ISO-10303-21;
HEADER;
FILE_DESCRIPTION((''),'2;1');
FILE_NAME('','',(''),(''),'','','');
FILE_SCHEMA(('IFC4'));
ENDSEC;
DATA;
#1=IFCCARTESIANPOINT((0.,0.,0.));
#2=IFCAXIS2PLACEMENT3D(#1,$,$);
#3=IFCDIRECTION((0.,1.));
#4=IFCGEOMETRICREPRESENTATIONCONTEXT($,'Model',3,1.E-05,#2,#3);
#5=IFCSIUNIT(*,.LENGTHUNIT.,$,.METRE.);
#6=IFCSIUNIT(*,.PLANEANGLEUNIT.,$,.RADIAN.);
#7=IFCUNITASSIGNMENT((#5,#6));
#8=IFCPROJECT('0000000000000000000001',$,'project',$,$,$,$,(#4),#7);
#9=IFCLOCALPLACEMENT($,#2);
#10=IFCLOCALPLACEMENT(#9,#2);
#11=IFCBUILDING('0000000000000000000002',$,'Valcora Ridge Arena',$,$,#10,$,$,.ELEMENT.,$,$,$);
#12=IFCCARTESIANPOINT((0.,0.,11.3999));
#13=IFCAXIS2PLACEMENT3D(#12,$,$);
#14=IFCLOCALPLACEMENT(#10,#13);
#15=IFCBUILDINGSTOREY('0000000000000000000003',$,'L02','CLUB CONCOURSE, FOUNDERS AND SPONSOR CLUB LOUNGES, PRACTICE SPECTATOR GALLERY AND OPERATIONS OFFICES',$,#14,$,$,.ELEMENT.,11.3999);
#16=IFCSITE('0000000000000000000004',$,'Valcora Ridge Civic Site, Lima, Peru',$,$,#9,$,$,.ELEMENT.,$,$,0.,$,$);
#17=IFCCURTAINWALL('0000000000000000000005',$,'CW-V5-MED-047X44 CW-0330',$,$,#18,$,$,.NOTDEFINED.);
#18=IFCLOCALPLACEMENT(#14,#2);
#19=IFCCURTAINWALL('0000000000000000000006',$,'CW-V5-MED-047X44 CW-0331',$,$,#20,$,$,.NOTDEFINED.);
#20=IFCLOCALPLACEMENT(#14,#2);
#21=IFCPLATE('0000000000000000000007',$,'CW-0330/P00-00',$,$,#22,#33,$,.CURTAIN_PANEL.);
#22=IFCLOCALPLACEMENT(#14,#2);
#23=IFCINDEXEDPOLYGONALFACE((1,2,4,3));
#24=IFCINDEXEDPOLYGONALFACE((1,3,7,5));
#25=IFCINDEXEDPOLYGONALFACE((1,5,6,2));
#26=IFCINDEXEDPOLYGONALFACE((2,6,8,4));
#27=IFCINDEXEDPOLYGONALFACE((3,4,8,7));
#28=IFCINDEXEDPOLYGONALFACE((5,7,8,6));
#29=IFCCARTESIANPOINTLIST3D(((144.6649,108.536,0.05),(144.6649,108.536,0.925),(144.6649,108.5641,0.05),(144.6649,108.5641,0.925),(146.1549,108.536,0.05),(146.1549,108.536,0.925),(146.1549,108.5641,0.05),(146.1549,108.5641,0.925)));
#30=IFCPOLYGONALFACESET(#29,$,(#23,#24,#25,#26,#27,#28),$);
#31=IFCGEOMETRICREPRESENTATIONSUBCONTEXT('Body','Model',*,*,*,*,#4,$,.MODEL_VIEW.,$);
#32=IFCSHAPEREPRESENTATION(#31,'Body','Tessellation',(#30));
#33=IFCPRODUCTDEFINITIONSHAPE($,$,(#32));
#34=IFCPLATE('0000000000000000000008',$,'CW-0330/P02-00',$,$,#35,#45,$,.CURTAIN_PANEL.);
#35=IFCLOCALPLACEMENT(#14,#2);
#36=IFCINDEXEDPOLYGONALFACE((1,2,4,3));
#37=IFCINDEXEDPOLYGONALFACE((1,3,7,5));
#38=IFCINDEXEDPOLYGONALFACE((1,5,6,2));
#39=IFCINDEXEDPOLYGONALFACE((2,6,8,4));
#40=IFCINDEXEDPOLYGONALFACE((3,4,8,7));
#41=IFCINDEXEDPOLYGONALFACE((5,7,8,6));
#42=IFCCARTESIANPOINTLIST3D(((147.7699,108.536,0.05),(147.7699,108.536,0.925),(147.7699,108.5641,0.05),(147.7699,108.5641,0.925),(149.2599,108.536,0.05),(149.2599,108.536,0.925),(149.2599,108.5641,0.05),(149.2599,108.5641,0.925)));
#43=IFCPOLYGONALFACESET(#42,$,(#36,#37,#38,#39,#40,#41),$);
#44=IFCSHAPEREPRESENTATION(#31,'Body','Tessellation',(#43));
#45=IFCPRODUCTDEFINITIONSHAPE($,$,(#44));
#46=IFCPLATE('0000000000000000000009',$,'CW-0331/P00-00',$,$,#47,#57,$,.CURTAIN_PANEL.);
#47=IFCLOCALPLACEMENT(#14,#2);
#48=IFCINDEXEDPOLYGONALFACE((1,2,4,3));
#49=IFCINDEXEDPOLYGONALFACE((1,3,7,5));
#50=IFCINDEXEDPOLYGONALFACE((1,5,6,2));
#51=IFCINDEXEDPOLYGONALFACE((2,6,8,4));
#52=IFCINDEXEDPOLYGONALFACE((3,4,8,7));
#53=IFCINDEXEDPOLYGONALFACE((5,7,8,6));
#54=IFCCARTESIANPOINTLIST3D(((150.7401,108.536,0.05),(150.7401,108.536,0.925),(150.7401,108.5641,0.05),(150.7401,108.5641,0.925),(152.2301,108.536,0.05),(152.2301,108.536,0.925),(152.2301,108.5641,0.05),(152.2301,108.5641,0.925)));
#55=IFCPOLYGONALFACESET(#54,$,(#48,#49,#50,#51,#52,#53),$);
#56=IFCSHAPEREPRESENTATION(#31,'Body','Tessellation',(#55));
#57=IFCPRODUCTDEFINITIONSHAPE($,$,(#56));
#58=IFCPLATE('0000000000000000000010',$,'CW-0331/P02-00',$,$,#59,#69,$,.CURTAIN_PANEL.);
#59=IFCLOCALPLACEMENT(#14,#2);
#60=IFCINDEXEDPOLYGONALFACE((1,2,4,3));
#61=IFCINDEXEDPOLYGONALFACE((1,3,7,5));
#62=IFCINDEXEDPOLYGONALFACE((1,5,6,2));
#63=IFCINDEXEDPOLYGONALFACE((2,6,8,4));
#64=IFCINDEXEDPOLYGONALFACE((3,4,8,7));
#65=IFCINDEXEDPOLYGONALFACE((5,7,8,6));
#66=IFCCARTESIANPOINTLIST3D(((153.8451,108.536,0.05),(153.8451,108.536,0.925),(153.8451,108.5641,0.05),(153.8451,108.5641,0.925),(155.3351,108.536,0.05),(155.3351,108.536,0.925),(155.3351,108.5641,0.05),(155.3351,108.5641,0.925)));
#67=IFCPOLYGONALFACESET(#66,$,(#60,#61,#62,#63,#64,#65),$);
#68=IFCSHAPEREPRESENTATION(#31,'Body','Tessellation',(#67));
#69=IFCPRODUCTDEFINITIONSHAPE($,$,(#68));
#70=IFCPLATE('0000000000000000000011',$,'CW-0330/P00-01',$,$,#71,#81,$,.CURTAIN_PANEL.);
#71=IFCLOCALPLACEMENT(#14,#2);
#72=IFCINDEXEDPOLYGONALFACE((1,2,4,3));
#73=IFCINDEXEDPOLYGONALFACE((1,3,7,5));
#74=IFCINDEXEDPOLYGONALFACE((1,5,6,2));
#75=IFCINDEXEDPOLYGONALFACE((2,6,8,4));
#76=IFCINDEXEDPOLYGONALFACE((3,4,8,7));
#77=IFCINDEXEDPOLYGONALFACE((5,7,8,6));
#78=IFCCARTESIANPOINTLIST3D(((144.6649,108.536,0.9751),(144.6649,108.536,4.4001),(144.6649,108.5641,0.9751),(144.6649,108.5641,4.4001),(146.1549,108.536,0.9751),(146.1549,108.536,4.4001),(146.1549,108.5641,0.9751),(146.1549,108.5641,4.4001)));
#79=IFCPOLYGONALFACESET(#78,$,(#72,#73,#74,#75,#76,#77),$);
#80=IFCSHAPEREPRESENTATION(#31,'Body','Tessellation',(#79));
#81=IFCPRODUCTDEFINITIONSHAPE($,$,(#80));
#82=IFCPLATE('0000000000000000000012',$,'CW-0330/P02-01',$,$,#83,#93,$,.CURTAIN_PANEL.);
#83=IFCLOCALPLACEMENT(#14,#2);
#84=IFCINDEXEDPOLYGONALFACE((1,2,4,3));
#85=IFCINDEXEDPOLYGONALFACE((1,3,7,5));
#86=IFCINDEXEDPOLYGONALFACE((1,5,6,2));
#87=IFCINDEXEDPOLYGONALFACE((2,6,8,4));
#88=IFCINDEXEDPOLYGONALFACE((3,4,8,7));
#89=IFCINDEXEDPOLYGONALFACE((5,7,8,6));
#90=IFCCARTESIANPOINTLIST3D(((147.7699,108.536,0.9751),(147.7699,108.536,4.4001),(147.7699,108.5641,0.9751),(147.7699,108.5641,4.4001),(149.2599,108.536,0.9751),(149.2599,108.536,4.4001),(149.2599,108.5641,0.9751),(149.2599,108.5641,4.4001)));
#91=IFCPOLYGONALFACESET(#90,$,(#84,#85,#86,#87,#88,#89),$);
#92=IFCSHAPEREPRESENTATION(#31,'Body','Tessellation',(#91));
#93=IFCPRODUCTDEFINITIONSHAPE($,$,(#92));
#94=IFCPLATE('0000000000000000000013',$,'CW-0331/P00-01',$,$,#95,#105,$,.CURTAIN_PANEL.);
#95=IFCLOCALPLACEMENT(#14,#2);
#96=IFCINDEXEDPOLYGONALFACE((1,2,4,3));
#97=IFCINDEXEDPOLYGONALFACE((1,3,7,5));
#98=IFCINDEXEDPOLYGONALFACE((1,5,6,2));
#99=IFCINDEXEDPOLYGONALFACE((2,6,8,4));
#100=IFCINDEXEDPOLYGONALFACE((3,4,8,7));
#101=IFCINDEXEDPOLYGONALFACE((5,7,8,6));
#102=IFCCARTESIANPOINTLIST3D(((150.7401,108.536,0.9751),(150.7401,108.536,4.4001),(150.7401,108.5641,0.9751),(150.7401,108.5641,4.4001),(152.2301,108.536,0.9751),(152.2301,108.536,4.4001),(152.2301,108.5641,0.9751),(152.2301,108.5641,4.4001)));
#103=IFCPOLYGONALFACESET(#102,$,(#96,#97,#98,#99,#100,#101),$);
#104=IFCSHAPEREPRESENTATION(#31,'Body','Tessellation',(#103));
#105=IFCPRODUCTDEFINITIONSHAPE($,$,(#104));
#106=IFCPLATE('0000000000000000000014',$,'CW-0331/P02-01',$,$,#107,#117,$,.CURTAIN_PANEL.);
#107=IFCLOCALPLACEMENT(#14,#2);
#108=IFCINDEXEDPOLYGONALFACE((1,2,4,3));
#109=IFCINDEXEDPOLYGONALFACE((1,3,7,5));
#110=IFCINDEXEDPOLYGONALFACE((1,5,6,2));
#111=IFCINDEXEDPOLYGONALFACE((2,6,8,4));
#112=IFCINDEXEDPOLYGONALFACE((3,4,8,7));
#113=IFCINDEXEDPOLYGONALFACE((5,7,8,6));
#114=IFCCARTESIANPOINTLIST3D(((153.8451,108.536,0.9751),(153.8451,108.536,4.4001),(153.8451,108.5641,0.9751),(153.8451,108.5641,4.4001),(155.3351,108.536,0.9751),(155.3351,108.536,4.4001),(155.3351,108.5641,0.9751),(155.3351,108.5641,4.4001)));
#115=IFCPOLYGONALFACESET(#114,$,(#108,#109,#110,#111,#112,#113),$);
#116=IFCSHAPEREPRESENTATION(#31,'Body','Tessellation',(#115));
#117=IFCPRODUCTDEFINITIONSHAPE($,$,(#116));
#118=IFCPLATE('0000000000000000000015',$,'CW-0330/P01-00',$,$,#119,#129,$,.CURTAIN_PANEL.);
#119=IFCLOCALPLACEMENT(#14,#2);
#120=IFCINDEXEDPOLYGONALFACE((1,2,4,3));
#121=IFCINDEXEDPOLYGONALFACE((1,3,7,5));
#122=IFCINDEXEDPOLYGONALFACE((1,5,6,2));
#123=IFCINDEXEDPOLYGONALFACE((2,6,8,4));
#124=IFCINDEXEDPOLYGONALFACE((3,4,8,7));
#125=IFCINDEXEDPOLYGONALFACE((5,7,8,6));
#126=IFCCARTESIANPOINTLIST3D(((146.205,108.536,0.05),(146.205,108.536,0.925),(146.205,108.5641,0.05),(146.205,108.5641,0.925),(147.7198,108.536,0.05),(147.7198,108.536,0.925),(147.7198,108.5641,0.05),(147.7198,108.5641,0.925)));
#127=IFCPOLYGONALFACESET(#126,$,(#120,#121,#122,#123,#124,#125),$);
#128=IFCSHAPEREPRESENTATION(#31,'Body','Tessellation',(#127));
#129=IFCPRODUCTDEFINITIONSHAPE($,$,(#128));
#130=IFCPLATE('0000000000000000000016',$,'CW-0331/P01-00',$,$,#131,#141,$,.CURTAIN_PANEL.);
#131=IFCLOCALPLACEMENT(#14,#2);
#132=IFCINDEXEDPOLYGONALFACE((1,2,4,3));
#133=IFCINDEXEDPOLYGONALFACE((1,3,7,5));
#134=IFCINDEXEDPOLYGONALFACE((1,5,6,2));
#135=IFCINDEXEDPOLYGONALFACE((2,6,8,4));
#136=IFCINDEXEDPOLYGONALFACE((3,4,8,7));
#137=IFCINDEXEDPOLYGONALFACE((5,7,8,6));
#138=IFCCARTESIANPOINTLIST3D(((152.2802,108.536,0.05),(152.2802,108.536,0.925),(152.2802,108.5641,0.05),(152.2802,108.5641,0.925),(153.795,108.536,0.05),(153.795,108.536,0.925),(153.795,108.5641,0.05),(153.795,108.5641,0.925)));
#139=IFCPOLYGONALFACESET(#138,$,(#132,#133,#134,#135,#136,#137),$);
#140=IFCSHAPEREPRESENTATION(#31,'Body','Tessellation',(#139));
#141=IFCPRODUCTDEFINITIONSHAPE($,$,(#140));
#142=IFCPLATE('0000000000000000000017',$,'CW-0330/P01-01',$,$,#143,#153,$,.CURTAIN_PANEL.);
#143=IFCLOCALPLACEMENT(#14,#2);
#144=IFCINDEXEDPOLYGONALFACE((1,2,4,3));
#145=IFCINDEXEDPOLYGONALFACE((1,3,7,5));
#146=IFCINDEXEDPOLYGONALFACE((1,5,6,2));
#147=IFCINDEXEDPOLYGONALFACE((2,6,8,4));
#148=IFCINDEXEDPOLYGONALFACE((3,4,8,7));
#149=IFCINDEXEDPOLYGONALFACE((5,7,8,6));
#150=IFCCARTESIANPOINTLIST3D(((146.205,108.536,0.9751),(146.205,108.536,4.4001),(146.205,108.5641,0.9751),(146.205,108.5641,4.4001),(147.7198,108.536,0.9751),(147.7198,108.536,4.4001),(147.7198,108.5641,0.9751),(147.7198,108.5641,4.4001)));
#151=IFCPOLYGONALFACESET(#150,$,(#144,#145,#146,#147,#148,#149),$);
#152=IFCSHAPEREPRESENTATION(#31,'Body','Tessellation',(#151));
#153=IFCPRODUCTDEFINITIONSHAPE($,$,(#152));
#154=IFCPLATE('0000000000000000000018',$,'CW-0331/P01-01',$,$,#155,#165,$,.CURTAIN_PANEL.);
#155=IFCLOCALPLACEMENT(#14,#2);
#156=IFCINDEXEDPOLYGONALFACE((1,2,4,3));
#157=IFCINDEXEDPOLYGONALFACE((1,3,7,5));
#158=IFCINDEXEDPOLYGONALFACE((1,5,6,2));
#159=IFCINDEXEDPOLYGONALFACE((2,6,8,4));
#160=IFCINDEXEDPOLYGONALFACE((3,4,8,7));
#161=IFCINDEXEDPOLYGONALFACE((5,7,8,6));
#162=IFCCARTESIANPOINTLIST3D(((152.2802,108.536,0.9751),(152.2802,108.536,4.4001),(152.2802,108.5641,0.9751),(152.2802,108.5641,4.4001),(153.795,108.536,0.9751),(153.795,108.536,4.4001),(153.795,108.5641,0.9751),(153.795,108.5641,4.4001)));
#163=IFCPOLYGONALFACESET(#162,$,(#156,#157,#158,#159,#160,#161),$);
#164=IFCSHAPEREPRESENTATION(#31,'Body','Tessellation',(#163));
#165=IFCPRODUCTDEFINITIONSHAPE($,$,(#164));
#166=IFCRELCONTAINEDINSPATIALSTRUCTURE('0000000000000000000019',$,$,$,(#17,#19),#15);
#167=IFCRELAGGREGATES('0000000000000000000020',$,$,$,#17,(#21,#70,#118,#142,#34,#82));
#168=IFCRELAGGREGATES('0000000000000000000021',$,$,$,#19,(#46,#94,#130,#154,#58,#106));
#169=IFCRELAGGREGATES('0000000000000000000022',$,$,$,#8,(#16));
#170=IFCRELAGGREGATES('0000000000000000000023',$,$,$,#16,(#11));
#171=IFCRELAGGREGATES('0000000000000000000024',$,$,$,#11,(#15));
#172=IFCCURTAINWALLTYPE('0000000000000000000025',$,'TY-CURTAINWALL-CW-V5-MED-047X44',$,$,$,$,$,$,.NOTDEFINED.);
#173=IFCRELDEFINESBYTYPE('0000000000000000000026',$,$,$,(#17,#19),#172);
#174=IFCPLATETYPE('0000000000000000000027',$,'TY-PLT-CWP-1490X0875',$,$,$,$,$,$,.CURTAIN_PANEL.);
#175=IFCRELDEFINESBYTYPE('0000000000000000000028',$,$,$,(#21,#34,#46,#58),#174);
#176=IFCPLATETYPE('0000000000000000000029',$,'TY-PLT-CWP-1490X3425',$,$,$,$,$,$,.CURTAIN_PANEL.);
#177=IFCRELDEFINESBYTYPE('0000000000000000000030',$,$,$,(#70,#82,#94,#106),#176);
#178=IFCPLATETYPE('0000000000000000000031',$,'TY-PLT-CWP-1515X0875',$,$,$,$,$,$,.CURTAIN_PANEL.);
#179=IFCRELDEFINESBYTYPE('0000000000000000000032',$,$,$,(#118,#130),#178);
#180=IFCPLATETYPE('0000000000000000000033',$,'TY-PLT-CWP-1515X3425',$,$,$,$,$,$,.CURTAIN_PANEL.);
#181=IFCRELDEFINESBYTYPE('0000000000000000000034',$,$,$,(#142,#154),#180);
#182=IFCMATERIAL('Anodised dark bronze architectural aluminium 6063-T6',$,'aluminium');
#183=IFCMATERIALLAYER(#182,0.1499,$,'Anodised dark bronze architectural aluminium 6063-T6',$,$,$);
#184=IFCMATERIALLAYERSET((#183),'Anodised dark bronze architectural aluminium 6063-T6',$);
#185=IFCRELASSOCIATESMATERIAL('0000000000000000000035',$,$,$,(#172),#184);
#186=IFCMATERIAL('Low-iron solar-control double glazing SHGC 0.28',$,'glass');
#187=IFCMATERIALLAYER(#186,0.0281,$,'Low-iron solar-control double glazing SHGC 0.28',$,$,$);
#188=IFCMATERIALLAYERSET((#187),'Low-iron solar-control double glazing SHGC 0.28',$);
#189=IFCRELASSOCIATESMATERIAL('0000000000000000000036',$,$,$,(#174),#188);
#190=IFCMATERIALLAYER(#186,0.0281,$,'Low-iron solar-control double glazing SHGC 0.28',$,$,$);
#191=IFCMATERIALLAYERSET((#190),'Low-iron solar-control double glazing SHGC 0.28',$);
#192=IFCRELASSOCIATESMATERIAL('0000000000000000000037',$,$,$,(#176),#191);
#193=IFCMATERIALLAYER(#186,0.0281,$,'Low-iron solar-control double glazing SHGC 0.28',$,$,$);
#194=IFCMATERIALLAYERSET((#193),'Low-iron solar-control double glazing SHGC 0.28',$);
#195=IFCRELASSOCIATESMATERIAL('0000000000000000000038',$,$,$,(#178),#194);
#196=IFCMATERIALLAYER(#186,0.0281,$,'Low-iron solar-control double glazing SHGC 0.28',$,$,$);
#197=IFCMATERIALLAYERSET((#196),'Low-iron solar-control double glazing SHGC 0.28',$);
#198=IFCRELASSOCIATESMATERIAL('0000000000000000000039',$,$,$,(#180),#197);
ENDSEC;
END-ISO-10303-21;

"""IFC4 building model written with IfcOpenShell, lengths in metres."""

from ifc_helpers import new_model, si_unit, direction, frame, origin, origin_2d, place, context, subcontext, project, spatial, rectangle, extrude, material, layer, layer_set, type_object, element, aggregate, save


model = new_model("IFC4")

# Units and contexts
model_context = context("Model", 3, precision=1e-05, world=origin(), true_north=direction((0.0, 1.0)))
body_context = subcontext(model_context, "Body", "Model", "MODEL_VIEW")
ifc_project = project(units=[si_unit("LENGTHUNIT", "METRE"), si_unit("PLANEANGLEUNIT", "RADIAN")], contexts=[model_context])

# Site, building, storey
site_placement = place(None, origin())
site = spatial("IfcSite", under=ifc_project, at=site_placement, Name="Valcora Ridge Civic Site, Lima, Peru", CompositionType="ELEMENT", RefElevation=0.0)
building_placement = place(site_placement, origin())
building = spatial("IfcBuilding", under=site, at=building_placement, Name="Valcora Ridge Arena", CompositionType="ELEMENT")
storey_placement = place(building_placement, frame((0.0, 0.0, 11.3999)))
storey = spatial("IfcBuildingStorey", under=building, at=storey_placement, Name="L02", Description="CLUB CONCOURSE, FOUNDERS AND SPONSOR CLUB LOUNGES, PRACTICE SPECTATOR GALLERY AND OPERATIONS OFFICES", CompositionType="ELEMENT", Elevation=11.3999)

# Curtain walls
ifc_material_1 = material(Name="Anodised dark bronze architectural aluminium 6063-T6", Category="aluminium")
ifc_layer_1 = layer(ifc_material_1, 0.1499, Name="Anodised dark bronze architectural aluminium 6063-T6")
ifc_layer_set_1 = layer_set([ifc_layer_1], Name="Anodised dark bronze architectural aluminium 6063-T6")
curtain_wall_type = type_object("IfcCurtainWallType", Name="TY-CURTAINWALL-CW-V5-MED-047X44", PredefinedType="NOTDEFINED", material=ifc_layer_set_1)
curtain_wall_1_placement = place(storey_placement, origin())
curtain_wall_1 = element("IfcCurtainWall", 1, at=curtain_wall_1_placement, inside=storey, type_object=curtain_wall_type, Name="CW-V5-MED-047X44 CW-0330", PredefinedType="NOTDEFINED")
curtain_wall_2_placement = place(storey_placement, origin())
curtain_wall_2 = element("IfcCurtainWall", 2, at=curtain_wall_2_placement, inside=storey, type_object=curtain_wall_type, Name="CW-V5-MED-047X44 CW-0331", PredefinedType="NOTDEFINED")

# Plates
ifc_material_2 = material(Name="Low-iron solar-control double glazing SHGC 0.28", Category="glass")
ifc_layer_2 = layer(ifc_material_2, 0.0281, Name="Low-iron solar-control double glazing SHGC 0.28")
ifc_layer_set_2 = layer_set([ifc_layer_2], Name="Low-iron solar-control double glazing SHGC 0.28")
plate_type_1 = type_object("IfcPlateType", Name="TY-PLT-CWP-1490X0875", PredefinedType="CURTAIN_PANEL", material=ifc_layer_set_2)
plate_1_placement = place(storey_placement, frame((145.4099, 108.55, 0.05), z_axis=(0.0, 0.0, 1.0), x_axis=(1.0, 0.0, 0.0)))
plate_1 = element("IfcPlate", 3, at=plate_1_placement, type_object=plate_type_1, Name="CW-0330/P00-00", PredefinedType="CURTAIN_PANEL", context=body_context, shape_type="SweptSolid", body=[
    extrude(rectangle(XDim=1.49, YDim=0.0281, at=origin_2d()), origin(), (0.0, 0.0, 1.0), 0.875),
])
plate_2_placement = place(storey_placement, frame((148.5149, 108.55, 0.05), z_axis=(0.0, 0.0, 1.0), x_axis=(1.0, 0.0, 0.0)))
plate_2 = element("IfcPlate", 4, at=plate_2_placement, type_object=plate_type_1, Name="CW-0330/P02-00", PredefinedType="CURTAIN_PANEL", context=body_context, shape_type="SweptSolid", body=[
    extrude(rectangle(XDim=1.49, YDim=0.0281, at=origin_2d()), origin(), (0.0, 0.0, 1.0), 0.875),
])
plate_3_placement = place(storey_placement, frame((151.4851, 108.55, 0.05), z_axis=(0.0, 0.0, 1.0), x_axis=(1.0, 0.0, 0.0)))
plate_3 = element("IfcPlate", 5, at=plate_3_placement, type_object=plate_type_1, Name="CW-0331/P00-00", PredefinedType="CURTAIN_PANEL", context=body_context, shape_type="SweptSolid", body=[
    extrude(rectangle(XDim=1.49, YDim=0.0281, at=origin_2d()), origin(), (0.0, 0.0, 1.0), 0.875),
])
plate_4_placement = place(storey_placement, frame((154.5901, 108.55, 0.05), z_axis=(0.0, 0.0, 1.0), x_axis=(1.0, 0.0, 0.0)))
plate_4 = element("IfcPlate", 6, at=plate_4_placement, type_object=plate_type_1, Name="CW-0331/P02-00", PredefinedType="CURTAIN_PANEL", context=body_context, shape_type="SweptSolid", body=[
    extrude(rectangle(XDim=1.49, YDim=0.0281, at=origin_2d()), origin(), (0.0, 0.0, 1.0), 0.875),
])
ifc_layer_3 = layer(ifc_material_2, 0.0281, Name="Low-iron solar-control double glazing SHGC 0.28")
ifc_layer_set_3 = layer_set([ifc_layer_3], Name="Low-iron solar-control double glazing SHGC 0.28")
plate_type_2 = type_object("IfcPlateType", Name="TY-PLT-CWP-1490X3425", PredefinedType="CURTAIN_PANEL", material=ifc_layer_set_3)
plate_5_placement = place(storey_placement, frame((145.4099, 108.55, 0.9751), z_axis=(0.0, 0.0, 1.0), x_axis=(1.0, 0.0, 0.0)))
plate_5 = element("IfcPlate", 7, at=plate_5_placement, type_object=plate_type_2, Name="CW-0330/P00-01", PredefinedType="CURTAIN_PANEL", context=body_context, shape_type="SweptSolid", body=[
    extrude(rectangle(XDim=1.49, YDim=0.0281, at=origin_2d()), origin(), (0.0, 0.0, 1.0), 3.425),
])
plate_6_placement = place(storey_placement, frame((148.5149, 108.55, 0.9751), z_axis=(0.0, 0.0, 1.0), x_axis=(1.0, 0.0, 0.0)))
plate_6 = element("IfcPlate", 8, at=plate_6_placement, type_object=plate_type_2, Name="CW-0330/P02-01", PredefinedType="CURTAIN_PANEL", context=body_context, shape_type="SweptSolid", body=[
    extrude(rectangle(XDim=1.49, YDim=0.0281, at=origin_2d()), origin(), (0.0, 0.0, 1.0), 3.425),
])
plate_7_placement = place(storey_placement, frame((151.4851, 108.55, 0.9751), z_axis=(0.0, 0.0, 1.0), x_axis=(1.0, 0.0, 0.0)))
plate_7 = element("IfcPlate", 9, at=plate_7_placement, type_object=plate_type_2, Name="CW-0331/P00-01", PredefinedType="CURTAIN_PANEL", context=body_context, shape_type="SweptSolid", body=[
    extrude(rectangle(XDim=1.49, YDim=0.0281, at=origin_2d()), origin(), (0.0, 0.0, 1.0), 3.425),
])
plate_8_placement = place(storey_placement, frame((154.5901, 108.55, 0.9751), z_axis=(0.0, 0.0, 1.0), x_axis=(1.0, 0.0, 0.0)))
plate_8 = element("IfcPlate", 10, at=plate_8_placement, type_object=plate_type_2, Name="CW-0331/P02-01", PredefinedType="CURTAIN_PANEL", context=body_context, shape_type="SweptSolid", body=[
    extrude(rectangle(XDim=1.49, YDim=0.0281, at=origin_2d()), origin(), (0.0, 0.0, 1.0), 3.425),
])
ifc_layer_4 = layer(ifc_material_2, 0.0281, Name="Low-iron solar-control double glazing SHGC 0.28")
ifc_layer_set_4 = layer_set([ifc_layer_4], Name="Low-iron solar-control double glazing SHGC 0.28")
plate_type_3 = type_object("IfcPlateType", Name="TY-PLT-CWP-1515X0875", PredefinedType="CURTAIN_PANEL", material=ifc_layer_set_4)
plate_9_placement = place(storey_placement, frame((146.9624, 108.55, 0.05), z_axis=(0.0, 0.0, 1.0), x_axis=(1.0, 0.0, 0.0)))
plate_9 = element("IfcPlate", 11, at=plate_9_placement, type_object=plate_type_3, Name="CW-0330/P01-00", PredefinedType="CURTAIN_PANEL", context=body_context, shape_type="SweptSolid", body=[
    extrude(rectangle(XDim=1.5149, YDim=0.0281, at=origin_2d()), origin(), (0.0, 0.0, 1.0), 0.875),
])
plate_10_placement = place(storey_placement, frame((153.0376, 108.55, 0.05), z_axis=(0.0, 0.0, 1.0), x_axis=(1.0, 0.0, 0.0)))
plate_10 = element("IfcPlate", 12, at=plate_10_placement, type_object=plate_type_3, Name="CW-0331/P01-00", PredefinedType="CURTAIN_PANEL", context=body_context, shape_type="SweptSolid", body=[
    extrude(rectangle(XDim=1.5149, YDim=0.0281, at=origin_2d()), origin(), (0.0, 0.0, 1.0), 0.875),
])
ifc_layer_5 = layer(ifc_material_2, 0.0281, Name="Low-iron solar-control double glazing SHGC 0.28")
ifc_layer_set_5 = layer_set([ifc_layer_5], Name="Low-iron solar-control double glazing SHGC 0.28")
plate_type_4 = type_object("IfcPlateType", Name="TY-PLT-CWP-1515X3425", PredefinedType="CURTAIN_PANEL", material=ifc_layer_set_5)
plate_11_placement = place(storey_placement, frame((146.9624, 108.55, 0.9751), z_axis=(0.0, 0.0, 1.0), x_axis=(1.0, 0.0, 0.0)))
plate_11 = element("IfcPlate", 13, at=plate_11_placement, type_object=plate_type_4, Name="CW-0330/P01-01", PredefinedType="CURTAIN_PANEL", context=body_context, shape_type="SweptSolid", body=[
    extrude(rectangle(XDim=1.5149, YDim=0.0281, at=origin_2d()), origin(), (0.0, 0.0, 1.0), 3.425),
])
aggregate(curtain_wall_1, [plate_1, plate_5, plate_9, plate_11, plate_2, plate_6])
plate_12_placement = place(storey_placement, frame((153.0376, 108.55, 0.9751), z_axis=(0.0, 0.0, 1.0), x_axis=(1.0, 0.0, 0.0)))
plate_12 = element("IfcPlate", 14, at=plate_12_placement, type_object=plate_type_4, Name="CW-0331/P01-01", PredefinedType="CURTAIN_PANEL", context=body_context, shape_type="SweptSolid", body=[
    extrude(rectangle(XDim=1.5149, YDim=0.0281, at=origin_2d()), origin(), (0.0, 0.0, 1.0), 3.425),
])
aggregate(curtain_wall_2, [plate_3, plate_7, plate_10, plate_12, plate_4, plate_8])

save(model, "model.ifc")
